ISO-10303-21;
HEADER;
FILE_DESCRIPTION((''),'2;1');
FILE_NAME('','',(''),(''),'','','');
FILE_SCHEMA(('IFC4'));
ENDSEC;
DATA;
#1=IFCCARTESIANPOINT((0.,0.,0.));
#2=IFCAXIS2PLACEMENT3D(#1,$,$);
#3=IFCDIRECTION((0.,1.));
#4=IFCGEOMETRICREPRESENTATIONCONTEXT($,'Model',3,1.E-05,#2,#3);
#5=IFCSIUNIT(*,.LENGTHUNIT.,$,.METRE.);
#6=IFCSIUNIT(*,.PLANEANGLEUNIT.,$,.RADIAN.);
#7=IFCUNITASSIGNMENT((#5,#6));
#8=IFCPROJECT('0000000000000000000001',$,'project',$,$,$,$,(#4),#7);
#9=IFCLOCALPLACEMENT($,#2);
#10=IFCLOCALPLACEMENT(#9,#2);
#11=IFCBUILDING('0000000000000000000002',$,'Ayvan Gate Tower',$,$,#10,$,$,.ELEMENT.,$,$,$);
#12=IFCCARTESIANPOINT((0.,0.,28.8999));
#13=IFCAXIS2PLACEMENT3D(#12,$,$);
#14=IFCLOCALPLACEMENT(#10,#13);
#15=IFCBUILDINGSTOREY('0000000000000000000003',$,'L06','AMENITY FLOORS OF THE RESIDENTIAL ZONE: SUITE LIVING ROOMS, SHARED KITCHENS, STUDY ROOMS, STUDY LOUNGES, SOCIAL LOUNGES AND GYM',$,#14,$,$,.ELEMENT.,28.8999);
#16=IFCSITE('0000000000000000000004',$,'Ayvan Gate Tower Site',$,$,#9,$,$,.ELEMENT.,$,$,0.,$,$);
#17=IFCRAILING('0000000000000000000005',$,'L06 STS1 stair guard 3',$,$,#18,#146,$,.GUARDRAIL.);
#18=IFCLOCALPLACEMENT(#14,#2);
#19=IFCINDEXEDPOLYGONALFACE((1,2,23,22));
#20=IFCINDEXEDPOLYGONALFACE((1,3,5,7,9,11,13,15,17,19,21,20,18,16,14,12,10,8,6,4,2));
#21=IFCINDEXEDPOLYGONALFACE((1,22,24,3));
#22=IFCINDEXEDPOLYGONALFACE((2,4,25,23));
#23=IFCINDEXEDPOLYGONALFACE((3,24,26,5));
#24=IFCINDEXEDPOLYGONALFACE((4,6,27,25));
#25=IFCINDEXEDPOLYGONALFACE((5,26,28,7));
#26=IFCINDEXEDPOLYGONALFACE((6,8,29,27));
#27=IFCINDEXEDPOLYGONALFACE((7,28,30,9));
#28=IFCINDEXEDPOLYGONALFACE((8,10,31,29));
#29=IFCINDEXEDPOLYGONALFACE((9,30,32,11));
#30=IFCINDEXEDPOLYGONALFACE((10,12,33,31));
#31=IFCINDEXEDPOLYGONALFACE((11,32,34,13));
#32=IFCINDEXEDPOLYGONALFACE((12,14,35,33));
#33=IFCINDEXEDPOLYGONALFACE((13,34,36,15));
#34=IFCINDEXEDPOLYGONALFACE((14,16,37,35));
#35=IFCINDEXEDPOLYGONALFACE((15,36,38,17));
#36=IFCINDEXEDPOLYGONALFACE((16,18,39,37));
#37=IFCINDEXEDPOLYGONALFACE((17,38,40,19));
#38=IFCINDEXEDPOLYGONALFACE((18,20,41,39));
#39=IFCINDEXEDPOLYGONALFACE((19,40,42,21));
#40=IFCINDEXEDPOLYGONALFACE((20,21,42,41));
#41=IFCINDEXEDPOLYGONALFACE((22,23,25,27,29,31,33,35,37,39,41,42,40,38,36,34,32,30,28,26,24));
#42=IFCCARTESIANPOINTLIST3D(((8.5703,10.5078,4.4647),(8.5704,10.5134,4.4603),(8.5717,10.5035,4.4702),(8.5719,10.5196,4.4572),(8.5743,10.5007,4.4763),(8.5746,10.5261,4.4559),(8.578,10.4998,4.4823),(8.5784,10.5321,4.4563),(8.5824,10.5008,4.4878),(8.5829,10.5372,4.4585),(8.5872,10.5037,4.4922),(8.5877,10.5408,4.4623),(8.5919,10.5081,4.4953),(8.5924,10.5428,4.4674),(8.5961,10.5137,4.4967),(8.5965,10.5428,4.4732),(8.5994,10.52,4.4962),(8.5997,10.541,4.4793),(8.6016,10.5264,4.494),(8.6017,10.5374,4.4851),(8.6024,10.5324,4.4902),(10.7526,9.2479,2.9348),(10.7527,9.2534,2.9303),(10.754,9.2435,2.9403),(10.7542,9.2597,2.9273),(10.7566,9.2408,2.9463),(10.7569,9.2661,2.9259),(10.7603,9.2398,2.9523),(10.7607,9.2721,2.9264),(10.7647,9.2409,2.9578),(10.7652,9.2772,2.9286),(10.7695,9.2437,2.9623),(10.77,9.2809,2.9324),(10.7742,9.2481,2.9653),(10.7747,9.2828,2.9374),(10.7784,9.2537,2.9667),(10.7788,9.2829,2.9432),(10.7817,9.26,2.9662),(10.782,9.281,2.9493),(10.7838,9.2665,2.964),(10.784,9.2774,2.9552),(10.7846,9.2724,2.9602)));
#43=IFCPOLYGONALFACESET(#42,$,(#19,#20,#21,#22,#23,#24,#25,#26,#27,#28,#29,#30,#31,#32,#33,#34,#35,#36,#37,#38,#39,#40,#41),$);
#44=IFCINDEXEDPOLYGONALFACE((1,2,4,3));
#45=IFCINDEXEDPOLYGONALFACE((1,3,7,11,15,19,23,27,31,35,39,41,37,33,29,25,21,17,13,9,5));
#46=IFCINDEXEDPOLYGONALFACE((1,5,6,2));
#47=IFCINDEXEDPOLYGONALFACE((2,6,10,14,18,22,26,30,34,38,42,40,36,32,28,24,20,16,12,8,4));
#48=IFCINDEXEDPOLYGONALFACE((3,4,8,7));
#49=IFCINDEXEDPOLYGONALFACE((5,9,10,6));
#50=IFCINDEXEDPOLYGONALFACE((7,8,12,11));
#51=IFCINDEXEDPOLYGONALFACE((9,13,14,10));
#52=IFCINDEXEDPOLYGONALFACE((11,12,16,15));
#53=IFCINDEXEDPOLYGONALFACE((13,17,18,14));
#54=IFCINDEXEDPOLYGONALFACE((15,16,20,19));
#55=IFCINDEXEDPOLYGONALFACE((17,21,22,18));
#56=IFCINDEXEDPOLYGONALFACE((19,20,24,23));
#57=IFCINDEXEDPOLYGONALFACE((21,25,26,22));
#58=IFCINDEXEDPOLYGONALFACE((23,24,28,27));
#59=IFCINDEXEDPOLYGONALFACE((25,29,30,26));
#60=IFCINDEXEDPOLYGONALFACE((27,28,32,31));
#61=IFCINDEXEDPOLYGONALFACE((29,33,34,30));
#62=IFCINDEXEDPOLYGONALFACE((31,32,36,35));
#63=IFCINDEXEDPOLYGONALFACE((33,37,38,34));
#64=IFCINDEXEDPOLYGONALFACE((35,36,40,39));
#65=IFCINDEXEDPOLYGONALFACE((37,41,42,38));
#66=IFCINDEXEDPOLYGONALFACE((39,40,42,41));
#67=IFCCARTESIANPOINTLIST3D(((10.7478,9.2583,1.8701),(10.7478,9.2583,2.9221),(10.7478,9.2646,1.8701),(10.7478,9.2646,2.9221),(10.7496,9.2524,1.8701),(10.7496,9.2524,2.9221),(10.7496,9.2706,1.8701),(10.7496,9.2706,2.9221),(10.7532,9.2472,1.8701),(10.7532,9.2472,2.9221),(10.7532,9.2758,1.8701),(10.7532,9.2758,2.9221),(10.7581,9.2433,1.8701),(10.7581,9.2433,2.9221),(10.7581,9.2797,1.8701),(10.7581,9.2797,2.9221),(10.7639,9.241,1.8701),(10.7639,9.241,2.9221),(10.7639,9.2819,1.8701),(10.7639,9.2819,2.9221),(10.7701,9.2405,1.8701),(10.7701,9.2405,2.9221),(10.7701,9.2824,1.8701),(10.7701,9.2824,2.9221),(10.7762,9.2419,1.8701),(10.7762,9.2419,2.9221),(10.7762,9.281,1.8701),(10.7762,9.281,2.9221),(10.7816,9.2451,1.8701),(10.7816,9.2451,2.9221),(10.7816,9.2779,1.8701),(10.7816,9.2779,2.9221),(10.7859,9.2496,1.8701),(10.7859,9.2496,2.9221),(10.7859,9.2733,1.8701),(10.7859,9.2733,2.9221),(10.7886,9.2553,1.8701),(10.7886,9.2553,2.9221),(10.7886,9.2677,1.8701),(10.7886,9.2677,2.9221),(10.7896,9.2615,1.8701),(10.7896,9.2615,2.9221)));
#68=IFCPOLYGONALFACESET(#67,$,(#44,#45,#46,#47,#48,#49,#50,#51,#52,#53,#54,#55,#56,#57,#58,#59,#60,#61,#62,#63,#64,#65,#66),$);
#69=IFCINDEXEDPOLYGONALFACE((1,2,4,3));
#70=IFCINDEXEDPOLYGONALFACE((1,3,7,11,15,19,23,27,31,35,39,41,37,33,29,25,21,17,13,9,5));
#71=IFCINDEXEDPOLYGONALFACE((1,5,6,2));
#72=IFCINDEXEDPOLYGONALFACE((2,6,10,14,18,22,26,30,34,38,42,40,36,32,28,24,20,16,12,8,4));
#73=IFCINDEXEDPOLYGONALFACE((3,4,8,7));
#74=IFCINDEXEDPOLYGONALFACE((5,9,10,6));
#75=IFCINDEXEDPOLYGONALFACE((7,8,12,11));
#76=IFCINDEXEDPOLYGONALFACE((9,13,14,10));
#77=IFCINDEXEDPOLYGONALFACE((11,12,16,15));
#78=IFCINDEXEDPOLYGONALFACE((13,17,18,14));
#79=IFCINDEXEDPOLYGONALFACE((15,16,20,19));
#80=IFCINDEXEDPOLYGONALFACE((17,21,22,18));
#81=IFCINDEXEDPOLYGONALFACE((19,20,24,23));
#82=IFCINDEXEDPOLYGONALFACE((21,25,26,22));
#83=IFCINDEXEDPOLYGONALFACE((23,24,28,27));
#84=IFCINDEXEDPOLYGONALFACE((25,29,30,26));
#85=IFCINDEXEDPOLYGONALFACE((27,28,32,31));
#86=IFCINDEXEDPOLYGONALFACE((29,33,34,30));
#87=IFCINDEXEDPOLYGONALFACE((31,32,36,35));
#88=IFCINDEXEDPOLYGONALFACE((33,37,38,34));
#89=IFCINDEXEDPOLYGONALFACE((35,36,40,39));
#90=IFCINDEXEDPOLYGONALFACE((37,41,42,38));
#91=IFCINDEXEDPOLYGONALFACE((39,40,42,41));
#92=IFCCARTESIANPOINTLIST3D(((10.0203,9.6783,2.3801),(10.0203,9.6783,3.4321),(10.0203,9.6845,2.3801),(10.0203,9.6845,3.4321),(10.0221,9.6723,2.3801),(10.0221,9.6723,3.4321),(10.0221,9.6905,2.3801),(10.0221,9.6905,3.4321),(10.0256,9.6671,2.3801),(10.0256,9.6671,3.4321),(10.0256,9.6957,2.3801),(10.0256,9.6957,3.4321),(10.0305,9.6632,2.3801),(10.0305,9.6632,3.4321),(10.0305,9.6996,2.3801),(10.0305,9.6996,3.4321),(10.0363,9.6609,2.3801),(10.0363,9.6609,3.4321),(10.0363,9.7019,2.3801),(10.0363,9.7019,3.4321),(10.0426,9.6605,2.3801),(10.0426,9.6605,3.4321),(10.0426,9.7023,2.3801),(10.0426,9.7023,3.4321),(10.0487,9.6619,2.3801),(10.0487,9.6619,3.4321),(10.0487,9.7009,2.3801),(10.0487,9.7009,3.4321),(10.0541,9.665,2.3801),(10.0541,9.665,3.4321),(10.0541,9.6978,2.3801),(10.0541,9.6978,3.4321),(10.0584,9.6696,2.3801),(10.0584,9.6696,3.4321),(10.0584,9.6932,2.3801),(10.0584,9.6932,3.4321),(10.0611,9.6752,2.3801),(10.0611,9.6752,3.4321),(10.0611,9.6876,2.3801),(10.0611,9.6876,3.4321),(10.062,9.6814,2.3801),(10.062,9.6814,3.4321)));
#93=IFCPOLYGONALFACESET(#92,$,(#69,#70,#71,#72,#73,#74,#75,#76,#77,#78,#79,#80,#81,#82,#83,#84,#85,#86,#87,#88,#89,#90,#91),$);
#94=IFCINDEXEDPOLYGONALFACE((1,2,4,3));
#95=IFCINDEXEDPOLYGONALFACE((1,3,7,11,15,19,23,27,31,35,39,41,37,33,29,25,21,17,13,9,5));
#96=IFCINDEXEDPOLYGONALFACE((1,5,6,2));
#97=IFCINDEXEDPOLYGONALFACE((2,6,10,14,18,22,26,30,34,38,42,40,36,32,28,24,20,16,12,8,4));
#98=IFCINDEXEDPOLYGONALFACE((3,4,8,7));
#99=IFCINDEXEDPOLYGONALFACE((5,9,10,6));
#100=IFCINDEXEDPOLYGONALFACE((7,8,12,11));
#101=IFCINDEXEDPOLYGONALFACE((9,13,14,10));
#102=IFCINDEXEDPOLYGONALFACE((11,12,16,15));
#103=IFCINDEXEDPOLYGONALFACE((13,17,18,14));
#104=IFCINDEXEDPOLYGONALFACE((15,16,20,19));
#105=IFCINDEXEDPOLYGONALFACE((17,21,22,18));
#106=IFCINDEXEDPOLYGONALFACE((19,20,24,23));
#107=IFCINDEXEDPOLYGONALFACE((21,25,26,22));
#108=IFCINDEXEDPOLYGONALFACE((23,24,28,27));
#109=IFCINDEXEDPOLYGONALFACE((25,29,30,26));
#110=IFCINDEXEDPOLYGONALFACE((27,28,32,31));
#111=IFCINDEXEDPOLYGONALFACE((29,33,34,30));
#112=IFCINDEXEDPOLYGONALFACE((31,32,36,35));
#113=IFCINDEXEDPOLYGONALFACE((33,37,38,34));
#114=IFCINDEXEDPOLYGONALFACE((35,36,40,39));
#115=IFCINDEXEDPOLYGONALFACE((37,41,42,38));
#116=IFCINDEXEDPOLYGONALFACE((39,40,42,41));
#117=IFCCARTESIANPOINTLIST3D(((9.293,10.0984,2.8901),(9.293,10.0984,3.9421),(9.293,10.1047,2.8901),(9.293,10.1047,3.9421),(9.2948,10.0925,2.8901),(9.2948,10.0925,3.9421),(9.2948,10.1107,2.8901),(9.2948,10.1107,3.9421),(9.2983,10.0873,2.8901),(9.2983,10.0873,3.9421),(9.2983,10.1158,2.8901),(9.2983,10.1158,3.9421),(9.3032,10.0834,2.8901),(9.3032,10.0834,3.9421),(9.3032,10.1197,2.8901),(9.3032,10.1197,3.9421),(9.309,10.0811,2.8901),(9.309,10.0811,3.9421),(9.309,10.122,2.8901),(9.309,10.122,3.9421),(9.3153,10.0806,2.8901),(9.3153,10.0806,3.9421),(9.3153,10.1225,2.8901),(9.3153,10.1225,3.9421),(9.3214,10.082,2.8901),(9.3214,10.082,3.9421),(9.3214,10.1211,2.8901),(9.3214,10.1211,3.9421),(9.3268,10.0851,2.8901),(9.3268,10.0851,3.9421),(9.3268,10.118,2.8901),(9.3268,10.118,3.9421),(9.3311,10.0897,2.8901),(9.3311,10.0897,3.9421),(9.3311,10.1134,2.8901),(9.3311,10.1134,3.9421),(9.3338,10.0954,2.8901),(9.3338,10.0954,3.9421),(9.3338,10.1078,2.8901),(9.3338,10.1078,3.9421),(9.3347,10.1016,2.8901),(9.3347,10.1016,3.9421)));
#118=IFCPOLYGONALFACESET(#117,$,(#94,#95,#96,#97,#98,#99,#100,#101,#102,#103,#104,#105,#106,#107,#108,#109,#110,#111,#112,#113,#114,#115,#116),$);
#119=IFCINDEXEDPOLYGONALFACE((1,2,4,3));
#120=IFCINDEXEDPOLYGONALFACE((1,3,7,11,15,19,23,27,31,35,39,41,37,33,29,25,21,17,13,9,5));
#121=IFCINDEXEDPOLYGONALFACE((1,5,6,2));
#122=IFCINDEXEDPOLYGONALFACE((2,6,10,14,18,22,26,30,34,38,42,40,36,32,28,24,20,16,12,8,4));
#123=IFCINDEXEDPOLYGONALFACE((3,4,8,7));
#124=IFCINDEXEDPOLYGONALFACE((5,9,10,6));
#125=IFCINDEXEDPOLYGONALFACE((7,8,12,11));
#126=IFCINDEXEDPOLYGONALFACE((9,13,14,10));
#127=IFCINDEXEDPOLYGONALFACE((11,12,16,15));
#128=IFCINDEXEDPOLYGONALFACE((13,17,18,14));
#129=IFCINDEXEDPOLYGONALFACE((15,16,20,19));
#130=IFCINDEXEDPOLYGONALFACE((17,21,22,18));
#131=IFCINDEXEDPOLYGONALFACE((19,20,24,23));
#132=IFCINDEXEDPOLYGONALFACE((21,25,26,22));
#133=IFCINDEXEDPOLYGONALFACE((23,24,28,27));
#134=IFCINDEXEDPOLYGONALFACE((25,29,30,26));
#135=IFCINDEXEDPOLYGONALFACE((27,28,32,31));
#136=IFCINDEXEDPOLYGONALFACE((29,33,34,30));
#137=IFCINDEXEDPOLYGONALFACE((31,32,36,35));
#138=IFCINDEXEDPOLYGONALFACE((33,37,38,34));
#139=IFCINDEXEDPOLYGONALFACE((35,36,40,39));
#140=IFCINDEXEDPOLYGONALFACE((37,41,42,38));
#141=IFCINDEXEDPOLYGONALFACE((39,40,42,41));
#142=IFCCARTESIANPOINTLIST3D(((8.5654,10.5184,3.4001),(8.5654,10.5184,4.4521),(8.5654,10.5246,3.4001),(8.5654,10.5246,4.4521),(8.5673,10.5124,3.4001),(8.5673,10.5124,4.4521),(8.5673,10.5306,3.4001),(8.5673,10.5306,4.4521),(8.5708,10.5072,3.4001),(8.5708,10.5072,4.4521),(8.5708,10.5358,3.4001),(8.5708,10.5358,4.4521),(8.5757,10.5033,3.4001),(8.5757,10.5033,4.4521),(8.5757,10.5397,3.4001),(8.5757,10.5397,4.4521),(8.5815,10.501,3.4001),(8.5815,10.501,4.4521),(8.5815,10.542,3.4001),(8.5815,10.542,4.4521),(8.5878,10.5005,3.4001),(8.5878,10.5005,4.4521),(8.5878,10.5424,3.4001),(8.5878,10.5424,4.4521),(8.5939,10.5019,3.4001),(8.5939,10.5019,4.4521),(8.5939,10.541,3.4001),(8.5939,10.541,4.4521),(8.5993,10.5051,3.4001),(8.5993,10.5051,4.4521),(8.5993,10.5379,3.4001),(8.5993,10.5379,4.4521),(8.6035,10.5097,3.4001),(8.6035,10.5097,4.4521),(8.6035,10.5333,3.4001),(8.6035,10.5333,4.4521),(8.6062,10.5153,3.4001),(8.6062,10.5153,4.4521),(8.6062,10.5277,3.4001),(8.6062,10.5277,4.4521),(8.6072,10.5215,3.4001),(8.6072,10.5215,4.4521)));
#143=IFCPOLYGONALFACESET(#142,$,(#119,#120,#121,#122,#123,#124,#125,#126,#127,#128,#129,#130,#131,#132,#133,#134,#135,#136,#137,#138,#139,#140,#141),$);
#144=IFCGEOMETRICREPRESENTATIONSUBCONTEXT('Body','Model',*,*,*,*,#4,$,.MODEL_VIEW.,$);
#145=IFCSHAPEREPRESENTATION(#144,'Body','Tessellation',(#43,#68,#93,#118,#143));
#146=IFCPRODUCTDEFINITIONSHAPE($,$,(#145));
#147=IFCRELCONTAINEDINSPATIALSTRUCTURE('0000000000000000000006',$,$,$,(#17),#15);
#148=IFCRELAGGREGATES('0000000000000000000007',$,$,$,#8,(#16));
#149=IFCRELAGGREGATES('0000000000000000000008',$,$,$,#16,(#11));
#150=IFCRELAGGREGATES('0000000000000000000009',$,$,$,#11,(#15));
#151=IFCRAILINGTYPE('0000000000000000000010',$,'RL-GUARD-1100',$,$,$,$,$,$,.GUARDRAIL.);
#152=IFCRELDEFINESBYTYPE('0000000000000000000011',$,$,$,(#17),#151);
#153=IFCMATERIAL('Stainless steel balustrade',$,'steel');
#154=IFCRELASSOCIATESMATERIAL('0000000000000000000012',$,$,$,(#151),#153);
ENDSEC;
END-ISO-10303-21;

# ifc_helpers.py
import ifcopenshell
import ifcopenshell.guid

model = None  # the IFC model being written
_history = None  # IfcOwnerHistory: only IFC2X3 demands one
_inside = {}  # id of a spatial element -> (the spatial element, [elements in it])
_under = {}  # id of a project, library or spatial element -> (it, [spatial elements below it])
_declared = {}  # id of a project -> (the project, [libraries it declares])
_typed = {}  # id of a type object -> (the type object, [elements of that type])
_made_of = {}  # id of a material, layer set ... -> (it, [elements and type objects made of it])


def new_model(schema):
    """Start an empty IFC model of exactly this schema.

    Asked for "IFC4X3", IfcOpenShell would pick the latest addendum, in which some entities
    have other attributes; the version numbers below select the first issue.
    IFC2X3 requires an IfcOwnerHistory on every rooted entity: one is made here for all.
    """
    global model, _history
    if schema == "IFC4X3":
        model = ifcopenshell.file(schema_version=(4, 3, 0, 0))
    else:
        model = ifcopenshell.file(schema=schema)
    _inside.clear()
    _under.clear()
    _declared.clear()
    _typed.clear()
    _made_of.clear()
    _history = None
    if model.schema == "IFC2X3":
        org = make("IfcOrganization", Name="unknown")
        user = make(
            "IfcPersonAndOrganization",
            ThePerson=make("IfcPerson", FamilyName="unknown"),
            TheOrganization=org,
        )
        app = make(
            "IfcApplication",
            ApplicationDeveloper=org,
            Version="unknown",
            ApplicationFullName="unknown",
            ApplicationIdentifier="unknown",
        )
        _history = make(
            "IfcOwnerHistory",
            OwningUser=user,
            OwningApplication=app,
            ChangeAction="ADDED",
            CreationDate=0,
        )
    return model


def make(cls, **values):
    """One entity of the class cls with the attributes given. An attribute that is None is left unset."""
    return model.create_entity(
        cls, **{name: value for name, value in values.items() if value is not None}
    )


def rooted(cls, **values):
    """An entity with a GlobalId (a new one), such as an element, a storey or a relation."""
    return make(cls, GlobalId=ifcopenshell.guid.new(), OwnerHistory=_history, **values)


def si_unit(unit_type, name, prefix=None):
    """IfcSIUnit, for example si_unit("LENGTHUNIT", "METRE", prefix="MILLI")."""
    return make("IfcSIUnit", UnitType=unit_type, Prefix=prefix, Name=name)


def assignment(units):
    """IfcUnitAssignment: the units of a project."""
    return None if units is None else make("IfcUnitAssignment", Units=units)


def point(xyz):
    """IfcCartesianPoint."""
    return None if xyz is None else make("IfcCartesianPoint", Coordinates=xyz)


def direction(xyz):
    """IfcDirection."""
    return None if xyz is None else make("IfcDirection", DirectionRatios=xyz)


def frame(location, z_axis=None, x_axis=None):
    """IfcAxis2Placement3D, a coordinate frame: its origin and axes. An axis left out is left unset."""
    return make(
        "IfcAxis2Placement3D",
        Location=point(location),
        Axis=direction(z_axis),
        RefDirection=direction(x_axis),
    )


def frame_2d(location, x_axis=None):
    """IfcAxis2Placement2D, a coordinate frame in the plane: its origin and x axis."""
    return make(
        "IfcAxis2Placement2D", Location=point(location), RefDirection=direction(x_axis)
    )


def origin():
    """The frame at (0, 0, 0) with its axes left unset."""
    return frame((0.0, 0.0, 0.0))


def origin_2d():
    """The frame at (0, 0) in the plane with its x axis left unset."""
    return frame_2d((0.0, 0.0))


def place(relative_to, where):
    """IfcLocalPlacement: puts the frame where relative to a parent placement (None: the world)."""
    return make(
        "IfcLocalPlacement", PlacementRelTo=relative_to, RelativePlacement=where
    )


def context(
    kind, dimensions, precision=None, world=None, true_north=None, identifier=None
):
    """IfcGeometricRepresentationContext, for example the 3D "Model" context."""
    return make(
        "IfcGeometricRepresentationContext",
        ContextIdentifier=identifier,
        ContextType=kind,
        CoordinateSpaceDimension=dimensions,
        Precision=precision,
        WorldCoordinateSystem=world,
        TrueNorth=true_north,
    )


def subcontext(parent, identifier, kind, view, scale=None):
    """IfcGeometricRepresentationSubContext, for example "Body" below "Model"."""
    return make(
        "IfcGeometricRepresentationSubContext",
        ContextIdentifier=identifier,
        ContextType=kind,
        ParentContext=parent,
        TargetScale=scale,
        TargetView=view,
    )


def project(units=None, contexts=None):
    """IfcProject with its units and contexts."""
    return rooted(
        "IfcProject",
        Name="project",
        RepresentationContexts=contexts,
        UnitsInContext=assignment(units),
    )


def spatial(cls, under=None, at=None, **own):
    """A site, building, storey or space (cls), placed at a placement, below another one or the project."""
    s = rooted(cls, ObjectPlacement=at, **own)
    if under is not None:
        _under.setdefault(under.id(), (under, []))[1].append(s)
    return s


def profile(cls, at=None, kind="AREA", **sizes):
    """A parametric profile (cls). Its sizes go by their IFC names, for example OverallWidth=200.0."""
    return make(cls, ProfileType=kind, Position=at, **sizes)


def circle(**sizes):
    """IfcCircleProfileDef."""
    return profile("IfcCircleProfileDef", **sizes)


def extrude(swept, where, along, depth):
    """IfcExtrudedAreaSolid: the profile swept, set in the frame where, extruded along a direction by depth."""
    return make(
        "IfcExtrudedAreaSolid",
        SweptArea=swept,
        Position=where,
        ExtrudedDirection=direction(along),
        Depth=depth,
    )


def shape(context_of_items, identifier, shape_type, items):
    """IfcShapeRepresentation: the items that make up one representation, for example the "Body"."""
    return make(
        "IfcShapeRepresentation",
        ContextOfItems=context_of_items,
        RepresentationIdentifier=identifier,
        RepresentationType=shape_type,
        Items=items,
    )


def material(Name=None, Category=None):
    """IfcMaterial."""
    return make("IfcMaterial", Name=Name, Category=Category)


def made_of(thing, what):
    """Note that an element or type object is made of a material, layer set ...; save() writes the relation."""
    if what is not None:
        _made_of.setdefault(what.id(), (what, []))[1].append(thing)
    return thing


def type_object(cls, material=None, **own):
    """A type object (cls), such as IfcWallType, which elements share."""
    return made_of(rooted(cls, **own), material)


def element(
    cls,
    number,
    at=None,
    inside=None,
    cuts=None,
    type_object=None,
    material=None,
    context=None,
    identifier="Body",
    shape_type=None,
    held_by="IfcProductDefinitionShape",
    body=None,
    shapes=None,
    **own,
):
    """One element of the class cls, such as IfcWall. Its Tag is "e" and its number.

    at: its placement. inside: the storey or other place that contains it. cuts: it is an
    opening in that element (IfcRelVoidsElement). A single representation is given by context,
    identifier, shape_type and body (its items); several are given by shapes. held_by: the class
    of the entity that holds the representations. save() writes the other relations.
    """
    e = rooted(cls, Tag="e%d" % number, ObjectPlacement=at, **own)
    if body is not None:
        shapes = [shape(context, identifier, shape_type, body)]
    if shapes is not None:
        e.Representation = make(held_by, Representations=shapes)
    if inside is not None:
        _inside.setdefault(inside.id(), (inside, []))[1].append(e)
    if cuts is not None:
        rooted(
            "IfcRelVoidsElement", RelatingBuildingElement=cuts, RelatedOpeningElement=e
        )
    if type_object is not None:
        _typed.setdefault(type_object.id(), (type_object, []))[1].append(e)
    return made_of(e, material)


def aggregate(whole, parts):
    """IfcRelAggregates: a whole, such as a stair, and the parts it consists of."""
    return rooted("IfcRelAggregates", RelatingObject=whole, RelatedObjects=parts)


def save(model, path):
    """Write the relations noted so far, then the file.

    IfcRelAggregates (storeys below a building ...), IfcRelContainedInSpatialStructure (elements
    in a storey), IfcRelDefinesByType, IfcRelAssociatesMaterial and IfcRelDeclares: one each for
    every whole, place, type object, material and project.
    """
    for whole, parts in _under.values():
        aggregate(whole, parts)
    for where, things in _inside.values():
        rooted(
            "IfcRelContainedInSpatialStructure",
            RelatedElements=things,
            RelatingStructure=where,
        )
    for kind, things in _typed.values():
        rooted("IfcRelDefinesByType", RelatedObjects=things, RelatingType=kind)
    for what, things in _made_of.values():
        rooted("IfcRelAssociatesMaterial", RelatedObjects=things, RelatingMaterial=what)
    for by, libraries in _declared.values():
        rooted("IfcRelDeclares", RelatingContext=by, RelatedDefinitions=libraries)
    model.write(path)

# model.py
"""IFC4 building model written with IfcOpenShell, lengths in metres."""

from ifc_helpers import new_model, si_unit, direction, frame, origin, origin_2d, place, context, subcontext, project, spatial, circle, extrude, material, type_object, element, save


model = new_model("IFC4")

# Units and contexts
model_context = context("Model", 3, precision=1e-05, world=origin(), true_north=direction((0.0, 1.0)))
body_context = subcontext(model_context, "Body", "Model", "MODEL_VIEW")
ifc_project = project(units=[si_unit("LENGTHUNIT", "METRE"), si_unit("PLANEANGLEUNIT", "RADIAN")], contexts=[model_context])

# Site, building, storey
site_placement = place(None, origin())
site = spatial("IfcSite", under=ifc_project, at=site_placement, Name="Ayvan Gate Tower Site", CompositionType="ELEMENT", RefElevation=0.0)
building_placement = place(site_placement, origin())
building = spatial("IfcBuilding", under=site, at=building_placement, Name="Ayvan Gate Tower", CompositionType="ELEMENT")
storey_placement = place(building_placement, frame((0.0, 0.0, 28.8999)))
storey = spatial("IfcBuildingStorey", under=building, at=storey_placement, Name="L06", Description="AMENITY FLOORS OF THE RESIDENTIAL ZONE: SUITE LIVING ROOMS, SHARED KITCHENS, STUDY ROOMS, STUDY LOUNGES, SOCIAL LOUNGES AND GYM", CompositionType="ELEMENT", Elevation=28.8999)

# Railing
ifc_material_1 = material(Name="Stainless steel balustrade", Category="steel")
railing_type_1 = type_object("IfcRailingType", Name="RL-GUARD-1100", PredefinedType="GUARDRAIL", material=ifc_material_1)
railing_1_placement = place(storey_placement, frame((10.7686, 9.2615, 1.8701)))
element("IfcRailing", 1, at=railing_1_placement, inside=storey, type_object=railing_type_1, Name="L06 STS1 stair guard 3", PredefinedType="GUARDRAIL", context=body_context, shape_type="SweptSolid", body=[
    extrude(circle(Radius=0.0239, at=origin_2d()), frame((0.0, 0.0, 1.0762), z_axis=(-0.740261, 0.427395, 0.518986), x_axis=(-0.500005, -0.866023, 0.0)), (0.0, 0.0, 1.0), 2.948),
    extrude(circle(Radius=0.021, at=origin_2d()), origin(), (0.0, 0.0, 1.0), 1.052),
    extrude(circle(Radius=0.021, at=origin_2d()), frame((-0.7275, 0.4199, 0.51)), (0.0, 0.0, 1.0), 1.052),
    extrude(circle(Radius=0.021, at=origin_2d()), frame((-1.4548, 0.8401, 1.02)), (0.0, 0.0, 1.0), 1.052),
    extrude(circle(Radius=0.021, at=origin_2d()), frame((-2.1824, 1.26, 1.53)), (0.0, 0.0, 1.0), 1.052),
])

save(model, "model.ifc")
